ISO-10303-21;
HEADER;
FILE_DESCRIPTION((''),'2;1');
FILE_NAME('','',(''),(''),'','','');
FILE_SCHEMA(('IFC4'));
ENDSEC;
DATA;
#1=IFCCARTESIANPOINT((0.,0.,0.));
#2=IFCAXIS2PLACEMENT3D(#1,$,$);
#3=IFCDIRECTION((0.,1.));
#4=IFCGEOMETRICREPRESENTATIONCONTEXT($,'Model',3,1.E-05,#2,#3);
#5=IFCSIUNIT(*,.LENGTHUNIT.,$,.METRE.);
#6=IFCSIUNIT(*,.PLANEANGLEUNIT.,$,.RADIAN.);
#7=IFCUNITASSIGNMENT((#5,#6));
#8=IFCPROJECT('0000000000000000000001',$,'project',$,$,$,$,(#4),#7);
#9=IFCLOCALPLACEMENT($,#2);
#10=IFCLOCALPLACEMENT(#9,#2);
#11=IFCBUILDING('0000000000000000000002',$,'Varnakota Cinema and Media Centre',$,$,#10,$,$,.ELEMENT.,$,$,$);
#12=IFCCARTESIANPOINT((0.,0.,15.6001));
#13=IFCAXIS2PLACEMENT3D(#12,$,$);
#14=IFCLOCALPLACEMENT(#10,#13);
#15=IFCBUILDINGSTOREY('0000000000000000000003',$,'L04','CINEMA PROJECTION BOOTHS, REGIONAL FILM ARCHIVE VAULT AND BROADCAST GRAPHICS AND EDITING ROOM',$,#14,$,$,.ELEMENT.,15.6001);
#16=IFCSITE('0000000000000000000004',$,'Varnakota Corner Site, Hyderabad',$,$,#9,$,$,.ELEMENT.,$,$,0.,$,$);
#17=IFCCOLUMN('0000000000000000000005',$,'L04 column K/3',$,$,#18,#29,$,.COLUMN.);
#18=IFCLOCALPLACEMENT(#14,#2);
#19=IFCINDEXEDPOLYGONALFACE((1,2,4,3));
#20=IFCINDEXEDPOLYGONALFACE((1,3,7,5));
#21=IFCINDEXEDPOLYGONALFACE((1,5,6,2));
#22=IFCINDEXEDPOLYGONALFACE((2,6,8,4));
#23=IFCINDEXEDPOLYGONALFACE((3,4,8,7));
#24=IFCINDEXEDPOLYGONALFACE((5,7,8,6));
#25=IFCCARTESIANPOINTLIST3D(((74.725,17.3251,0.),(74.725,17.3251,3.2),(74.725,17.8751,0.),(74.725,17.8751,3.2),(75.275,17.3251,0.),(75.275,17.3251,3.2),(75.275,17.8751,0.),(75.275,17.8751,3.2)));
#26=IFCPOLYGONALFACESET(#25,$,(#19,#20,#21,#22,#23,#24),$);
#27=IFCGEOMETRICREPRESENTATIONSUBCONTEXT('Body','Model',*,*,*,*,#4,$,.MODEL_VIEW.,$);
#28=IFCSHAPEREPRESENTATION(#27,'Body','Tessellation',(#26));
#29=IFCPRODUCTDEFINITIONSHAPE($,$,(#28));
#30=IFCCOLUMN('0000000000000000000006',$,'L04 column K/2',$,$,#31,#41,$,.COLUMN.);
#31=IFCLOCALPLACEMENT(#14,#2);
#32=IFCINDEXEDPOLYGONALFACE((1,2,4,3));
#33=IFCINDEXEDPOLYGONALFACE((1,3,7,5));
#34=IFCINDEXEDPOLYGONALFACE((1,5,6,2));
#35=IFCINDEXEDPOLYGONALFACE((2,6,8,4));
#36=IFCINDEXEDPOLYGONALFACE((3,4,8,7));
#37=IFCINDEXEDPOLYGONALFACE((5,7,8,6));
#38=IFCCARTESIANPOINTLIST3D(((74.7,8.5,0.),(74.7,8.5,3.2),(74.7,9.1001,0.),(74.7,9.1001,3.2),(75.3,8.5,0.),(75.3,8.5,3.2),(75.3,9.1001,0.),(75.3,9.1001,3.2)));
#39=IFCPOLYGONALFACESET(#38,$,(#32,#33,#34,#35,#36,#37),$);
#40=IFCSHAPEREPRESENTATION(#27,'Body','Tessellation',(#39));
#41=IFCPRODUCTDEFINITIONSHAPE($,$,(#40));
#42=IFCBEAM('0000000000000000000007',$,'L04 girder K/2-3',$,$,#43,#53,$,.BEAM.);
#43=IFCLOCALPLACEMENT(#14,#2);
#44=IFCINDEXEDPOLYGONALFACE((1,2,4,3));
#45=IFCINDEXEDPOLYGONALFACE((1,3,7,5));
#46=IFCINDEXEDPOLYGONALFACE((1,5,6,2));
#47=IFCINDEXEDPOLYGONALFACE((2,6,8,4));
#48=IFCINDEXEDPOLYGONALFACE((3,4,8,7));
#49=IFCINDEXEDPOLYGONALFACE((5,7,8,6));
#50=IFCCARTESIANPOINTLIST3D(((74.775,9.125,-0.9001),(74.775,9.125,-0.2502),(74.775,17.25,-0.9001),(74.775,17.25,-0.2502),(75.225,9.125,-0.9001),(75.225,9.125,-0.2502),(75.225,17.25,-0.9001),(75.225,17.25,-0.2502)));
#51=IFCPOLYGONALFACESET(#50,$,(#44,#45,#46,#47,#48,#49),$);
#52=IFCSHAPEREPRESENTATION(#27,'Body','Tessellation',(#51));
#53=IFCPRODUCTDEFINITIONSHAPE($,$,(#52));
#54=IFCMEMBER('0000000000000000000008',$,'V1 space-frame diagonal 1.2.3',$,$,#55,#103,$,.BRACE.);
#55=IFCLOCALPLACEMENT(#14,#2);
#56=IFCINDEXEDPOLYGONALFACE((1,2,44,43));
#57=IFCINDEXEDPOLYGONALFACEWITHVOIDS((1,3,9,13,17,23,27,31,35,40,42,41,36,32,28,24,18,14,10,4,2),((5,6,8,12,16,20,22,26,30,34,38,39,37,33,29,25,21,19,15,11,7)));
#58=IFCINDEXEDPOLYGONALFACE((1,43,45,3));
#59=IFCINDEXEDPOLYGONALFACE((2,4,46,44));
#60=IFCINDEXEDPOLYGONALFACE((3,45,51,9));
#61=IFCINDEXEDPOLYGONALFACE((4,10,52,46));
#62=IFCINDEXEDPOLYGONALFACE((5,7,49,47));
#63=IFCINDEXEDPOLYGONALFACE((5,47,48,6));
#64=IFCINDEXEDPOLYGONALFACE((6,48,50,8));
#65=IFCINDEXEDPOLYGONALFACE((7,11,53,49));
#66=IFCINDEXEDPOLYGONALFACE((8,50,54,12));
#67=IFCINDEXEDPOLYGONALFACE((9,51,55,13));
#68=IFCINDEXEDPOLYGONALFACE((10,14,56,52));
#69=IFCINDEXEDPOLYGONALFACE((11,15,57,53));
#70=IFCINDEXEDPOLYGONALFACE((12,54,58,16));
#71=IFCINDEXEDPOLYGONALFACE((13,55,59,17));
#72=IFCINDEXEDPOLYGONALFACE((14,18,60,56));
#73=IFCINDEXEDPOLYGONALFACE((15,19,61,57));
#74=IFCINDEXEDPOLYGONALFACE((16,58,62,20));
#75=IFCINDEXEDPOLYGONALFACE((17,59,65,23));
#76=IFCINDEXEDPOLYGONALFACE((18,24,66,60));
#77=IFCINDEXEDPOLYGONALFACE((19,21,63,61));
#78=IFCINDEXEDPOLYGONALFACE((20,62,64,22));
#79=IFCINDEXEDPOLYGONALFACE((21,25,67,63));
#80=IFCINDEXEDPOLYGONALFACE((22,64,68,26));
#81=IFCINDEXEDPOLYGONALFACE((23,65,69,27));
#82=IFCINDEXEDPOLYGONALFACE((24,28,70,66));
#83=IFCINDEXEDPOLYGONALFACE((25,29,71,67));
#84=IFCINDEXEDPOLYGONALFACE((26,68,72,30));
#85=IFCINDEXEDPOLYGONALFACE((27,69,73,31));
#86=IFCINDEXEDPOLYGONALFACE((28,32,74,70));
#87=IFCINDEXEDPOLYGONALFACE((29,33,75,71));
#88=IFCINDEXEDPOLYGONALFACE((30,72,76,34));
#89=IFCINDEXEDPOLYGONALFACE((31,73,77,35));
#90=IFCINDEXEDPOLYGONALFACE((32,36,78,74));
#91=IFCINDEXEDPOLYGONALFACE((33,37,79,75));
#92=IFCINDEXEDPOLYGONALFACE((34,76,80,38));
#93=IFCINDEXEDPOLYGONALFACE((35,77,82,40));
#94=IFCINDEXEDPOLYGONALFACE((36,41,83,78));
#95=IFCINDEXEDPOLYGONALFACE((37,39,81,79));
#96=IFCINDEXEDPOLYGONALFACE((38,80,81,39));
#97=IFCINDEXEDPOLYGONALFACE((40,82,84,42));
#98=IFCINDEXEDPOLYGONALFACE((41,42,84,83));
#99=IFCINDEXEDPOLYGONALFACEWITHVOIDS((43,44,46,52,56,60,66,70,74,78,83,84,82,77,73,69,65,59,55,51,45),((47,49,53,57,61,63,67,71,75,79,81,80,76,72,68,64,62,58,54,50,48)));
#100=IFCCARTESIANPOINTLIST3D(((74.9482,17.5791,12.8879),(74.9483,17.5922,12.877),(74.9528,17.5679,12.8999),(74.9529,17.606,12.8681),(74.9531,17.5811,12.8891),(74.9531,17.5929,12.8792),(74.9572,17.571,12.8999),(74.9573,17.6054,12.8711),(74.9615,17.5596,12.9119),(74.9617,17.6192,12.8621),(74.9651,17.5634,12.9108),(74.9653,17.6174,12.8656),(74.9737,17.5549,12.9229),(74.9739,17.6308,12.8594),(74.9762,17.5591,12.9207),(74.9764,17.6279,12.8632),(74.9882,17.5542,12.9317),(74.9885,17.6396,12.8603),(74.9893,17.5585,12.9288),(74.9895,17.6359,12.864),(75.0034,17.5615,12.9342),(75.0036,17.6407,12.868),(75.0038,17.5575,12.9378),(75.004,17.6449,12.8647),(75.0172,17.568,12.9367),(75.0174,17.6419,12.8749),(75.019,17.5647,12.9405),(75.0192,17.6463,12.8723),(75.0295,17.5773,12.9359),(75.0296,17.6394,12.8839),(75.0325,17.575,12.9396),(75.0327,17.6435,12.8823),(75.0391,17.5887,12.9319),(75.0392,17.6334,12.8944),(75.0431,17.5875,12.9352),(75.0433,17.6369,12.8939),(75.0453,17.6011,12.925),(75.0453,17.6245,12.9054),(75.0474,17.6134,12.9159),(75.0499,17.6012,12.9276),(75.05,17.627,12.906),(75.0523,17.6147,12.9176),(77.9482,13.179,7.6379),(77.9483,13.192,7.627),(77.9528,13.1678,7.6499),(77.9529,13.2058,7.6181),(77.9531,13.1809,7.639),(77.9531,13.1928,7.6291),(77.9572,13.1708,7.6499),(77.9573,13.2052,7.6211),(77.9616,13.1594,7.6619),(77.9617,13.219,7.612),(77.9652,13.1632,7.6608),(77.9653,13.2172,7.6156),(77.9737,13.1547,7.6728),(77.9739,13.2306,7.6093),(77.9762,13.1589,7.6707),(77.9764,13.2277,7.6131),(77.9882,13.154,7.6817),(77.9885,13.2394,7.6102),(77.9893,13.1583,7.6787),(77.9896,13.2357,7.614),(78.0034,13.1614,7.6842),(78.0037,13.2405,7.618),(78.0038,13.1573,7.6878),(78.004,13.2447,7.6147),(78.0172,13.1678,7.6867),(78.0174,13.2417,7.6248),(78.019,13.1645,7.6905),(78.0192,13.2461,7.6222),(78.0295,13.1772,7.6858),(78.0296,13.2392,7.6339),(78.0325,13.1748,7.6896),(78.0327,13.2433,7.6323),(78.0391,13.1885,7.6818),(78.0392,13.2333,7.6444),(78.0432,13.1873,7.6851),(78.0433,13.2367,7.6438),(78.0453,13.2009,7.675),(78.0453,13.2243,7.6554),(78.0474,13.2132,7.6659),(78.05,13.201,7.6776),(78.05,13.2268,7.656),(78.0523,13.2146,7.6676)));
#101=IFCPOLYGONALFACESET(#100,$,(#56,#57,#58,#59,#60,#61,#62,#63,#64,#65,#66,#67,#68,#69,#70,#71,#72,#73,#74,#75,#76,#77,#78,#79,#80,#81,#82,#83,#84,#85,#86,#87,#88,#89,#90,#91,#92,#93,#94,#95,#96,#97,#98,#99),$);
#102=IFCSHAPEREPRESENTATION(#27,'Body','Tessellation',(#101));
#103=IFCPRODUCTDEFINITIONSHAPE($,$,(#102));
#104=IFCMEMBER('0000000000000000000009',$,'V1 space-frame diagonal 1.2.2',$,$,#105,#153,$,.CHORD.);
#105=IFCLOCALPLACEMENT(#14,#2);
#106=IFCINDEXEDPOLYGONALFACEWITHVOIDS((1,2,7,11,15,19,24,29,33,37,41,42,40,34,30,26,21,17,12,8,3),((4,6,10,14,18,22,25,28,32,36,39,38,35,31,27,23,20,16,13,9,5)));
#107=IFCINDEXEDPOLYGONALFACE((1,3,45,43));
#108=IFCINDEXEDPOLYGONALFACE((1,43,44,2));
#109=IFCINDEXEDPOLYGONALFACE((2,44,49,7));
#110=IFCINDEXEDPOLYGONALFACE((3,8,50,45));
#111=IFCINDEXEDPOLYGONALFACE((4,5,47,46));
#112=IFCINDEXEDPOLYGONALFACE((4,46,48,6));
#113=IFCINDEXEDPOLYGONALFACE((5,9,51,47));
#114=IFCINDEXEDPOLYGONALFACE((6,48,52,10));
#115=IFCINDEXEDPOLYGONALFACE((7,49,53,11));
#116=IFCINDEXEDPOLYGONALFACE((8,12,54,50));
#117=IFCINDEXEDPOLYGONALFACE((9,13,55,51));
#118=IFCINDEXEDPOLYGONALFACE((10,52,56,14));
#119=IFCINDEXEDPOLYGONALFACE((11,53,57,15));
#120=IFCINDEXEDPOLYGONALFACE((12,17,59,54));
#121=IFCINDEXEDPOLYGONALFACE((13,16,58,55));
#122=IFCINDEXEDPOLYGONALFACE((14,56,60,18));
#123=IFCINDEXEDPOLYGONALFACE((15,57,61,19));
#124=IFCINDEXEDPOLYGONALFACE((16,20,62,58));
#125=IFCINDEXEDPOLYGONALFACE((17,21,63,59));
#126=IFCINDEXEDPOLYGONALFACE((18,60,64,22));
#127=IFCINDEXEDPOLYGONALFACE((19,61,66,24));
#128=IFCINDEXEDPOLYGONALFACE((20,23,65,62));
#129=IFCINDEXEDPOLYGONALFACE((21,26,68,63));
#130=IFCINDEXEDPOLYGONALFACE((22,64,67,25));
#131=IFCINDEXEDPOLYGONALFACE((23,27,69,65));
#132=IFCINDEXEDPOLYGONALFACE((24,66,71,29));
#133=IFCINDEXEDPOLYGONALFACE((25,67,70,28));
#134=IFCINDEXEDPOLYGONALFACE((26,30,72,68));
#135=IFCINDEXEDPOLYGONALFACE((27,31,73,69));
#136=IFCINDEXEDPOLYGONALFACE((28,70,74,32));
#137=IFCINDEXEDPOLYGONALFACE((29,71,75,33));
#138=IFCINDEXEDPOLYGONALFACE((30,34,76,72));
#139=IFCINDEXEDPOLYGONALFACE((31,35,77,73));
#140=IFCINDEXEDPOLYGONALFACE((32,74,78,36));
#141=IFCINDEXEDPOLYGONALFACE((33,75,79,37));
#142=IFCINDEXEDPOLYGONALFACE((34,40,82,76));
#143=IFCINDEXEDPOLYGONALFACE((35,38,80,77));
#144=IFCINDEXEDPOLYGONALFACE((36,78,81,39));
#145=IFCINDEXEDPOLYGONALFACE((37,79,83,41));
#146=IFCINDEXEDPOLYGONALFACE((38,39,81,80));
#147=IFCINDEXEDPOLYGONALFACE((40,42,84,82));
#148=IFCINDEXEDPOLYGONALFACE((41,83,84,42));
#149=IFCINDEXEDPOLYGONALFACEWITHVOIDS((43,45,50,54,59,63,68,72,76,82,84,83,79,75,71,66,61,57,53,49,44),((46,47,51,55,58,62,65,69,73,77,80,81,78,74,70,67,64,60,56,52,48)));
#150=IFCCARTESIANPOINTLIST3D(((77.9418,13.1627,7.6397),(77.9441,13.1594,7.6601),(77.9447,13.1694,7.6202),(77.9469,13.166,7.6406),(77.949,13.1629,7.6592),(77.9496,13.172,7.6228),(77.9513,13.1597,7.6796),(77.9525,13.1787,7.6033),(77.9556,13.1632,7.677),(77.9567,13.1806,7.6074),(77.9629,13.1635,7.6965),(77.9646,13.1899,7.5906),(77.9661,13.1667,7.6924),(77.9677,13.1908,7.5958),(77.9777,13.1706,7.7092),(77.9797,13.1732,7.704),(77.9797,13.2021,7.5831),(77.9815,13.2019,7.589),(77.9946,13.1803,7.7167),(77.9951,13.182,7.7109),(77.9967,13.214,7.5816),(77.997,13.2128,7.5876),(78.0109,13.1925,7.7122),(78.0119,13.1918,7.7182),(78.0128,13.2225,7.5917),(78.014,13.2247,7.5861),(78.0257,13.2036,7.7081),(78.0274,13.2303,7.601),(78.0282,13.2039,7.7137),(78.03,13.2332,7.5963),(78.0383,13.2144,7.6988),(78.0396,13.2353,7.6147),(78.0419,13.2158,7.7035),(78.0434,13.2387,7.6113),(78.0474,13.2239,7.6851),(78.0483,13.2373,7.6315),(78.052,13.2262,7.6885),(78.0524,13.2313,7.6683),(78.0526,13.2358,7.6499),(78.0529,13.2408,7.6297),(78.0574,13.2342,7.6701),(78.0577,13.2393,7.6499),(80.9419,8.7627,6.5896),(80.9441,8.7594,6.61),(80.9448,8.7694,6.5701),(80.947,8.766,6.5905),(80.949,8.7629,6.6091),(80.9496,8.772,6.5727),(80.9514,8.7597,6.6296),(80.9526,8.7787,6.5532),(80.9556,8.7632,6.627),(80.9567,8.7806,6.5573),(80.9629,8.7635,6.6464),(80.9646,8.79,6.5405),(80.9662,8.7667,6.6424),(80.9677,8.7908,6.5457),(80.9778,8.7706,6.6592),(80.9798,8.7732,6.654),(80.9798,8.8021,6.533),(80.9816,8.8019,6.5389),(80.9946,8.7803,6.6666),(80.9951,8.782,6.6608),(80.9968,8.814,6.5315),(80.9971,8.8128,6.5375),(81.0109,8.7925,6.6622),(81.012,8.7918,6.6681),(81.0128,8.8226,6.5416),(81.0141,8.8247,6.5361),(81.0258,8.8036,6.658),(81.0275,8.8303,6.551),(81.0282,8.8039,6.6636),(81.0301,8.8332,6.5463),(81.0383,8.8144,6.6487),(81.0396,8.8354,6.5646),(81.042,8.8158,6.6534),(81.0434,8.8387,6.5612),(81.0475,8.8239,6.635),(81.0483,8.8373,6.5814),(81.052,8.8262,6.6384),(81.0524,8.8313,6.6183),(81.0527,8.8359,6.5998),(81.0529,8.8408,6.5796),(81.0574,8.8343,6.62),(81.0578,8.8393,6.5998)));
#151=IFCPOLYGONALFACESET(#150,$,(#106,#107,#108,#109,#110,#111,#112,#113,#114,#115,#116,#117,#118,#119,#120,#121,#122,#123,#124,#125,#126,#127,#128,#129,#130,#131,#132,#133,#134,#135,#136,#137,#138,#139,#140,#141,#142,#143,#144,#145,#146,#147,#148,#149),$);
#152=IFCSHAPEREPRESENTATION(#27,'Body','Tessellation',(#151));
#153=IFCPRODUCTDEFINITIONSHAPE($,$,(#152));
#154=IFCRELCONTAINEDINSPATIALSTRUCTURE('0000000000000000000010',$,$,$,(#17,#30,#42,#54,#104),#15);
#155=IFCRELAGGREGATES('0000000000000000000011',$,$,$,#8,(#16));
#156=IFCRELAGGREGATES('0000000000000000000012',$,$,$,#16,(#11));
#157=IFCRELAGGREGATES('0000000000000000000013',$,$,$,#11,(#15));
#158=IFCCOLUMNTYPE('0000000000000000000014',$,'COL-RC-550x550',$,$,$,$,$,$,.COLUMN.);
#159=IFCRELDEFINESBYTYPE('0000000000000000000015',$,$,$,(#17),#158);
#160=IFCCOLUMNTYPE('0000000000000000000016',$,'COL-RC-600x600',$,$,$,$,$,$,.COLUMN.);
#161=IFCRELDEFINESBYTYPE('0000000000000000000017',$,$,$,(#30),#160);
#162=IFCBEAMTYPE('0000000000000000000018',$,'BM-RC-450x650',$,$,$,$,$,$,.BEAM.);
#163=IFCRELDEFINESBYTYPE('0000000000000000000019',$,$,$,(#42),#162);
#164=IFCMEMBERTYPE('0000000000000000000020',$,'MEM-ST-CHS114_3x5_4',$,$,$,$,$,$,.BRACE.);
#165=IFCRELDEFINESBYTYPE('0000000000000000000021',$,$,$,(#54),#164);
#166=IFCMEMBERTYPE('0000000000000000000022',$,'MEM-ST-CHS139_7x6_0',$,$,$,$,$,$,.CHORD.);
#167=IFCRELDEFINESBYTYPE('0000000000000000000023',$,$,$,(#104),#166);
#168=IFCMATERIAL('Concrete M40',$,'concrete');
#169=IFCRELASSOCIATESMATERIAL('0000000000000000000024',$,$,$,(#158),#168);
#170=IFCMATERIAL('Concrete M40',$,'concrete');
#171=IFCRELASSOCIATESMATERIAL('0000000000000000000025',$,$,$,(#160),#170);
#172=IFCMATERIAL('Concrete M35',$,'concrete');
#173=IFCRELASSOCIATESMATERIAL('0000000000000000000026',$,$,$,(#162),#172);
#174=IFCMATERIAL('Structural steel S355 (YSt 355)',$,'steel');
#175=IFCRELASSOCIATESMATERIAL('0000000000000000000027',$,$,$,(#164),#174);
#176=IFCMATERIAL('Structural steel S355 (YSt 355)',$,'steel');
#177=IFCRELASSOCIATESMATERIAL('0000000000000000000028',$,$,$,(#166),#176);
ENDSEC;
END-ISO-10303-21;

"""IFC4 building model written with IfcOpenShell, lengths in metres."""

from ifc_helpers import new_model, si_unit, direction, frame, origin, origin_2d, place, context, subcontext, project, spatial, rectangle, hollow_circle, extrude, material, material_profile, profile_set, type_object, element, save


model = new_model("IFC4")

# Units and contexts
model_context = context("Model", 3, precision=1e-05, world=origin(), true_north=direction((0.0, 1.0)))
body_context = subcontext(model_context, "Body", "Model", "MODEL_VIEW")
ifc_project = project(units=[si_unit("LENGTHUNIT", "METRE"), si_unit("PLANEANGLEUNIT", "RADIAN")], contexts=[model_context])

# Site, building, storey
site_placement = place(None, origin())
site = spatial("IfcSite", under=ifc_project, at=site_placement, Name="Varnakota Corner Site, Hyderabad", CompositionType="ELEMENT", RefElevation=0.0)
building_placement = place(site_placement, origin())
building = spatial("IfcBuilding", under=site, at=building_placement, Name="Varnakota Cinema and Media Centre", CompositionType="ELEMENT")
storey_placement = place(building_placement, frame((0.0, 0.0, 15.6001)))
storey = spatial("IfcBuildingStorey", under=building, at=storey_placement, Name="L04", Description="CINEMA PROJECTION BOOTHS, REGIONAL FILM ARCHIVE VAULT AND BROADCAST GRAPHICS AND EDITING ROOM", CompositionType="ELEMENT", Elevation=15.6001)

# Columns
ifc_material_1 = material(Name="Concrete M40", Category="concrete")
ifc_material_profile_1 = material_profile(ifc_material_1, rectangle(XDim=0.55, YDim=0.55, at=origin_2d()), Name="RC 550x550")
ifc_profile_set_1 = profile_set([ifc_material_profile_1], Name="Concrete M40")
column_type_1 = type_object("IfcColumnType", Name="COL-RC-550x550", PredefinedType="COLUMN", material=ifc_profile_set_1)
column_1_placement = place(storey_placement, frame((75.0, 17.6001, 0.0), z_axis=(0.0, 0.0, 1.0), x_axis=(1.0, 0.0, 0.0)))
element("IfcColumn", 1, at=column_1_placement, inside=storey, type_object=column_type_1, Name="L04 column K/3", PredefinedType="COLUMN", context=body_context, shape_type="SweptSolid", body=[
    extrude(rectangle(XDim=0.55, YDim=0.55, at=origin_2d()), origin(), (0.0, 0.0, 1.0), 3.2),
])
ifc_material_2 = material(Name="Concrete M40", Category="concrete")
ifc_material_profile_2 = material_profile(ifc_material_2, rectangle(XDim=0.6001, YDim=0.6001, at=origin_2d()), Name="RC 600x600")
ifc_profile_set_2 = profile_set([ifc_material_profile_2], Name="Concrete M40")
column_type_2 = type_object("IfcColumnType", Name="COL-RC-600x600", PredefinedType="COLUMN", material=ifc_profile_set_2)
column_2_placement = place(storey_placement, frame((75.0, 8.8, 0.0), z_axis=(0.0, 0.0, 1.0), x_axis=(1.0, 0.0, 0.0)))
element("IfcColumn", 2, at=column_2_placement, inside=storey, type_object=column_type_2, Name="L04 column K/2", PredefinedType="COLUMN", context=body_context, shape_type="SweptSolid", body=[
    extrude(rectangle(XDim=0.6001, YDim=0.6001, at=origin_2d()), origin(), (0.0, 0.0, 1.0), 3.2),
])

# Beam
ifc_material_3 = material(Name="Concrete M35", Category="concrete")
ifc_material_profile_3 = material_profile(ifc_material_3, rectangle(XDim=0.45, YDim=0.6499, at=origin_2d()), Name="RCB 450x650")
ifc_profile_set_3 = profile_set([ifc_material_profile_3], Name="Concrete M35")
beam_type = type_object("IfcBeamType", Name="BM-RC-450x650", PredefinedType="BEAM", material=ifc_profile_set_3)
beam_placement = place(storey_placement, frame((75.0, 9.125, -0.5752), z_axis=(0.0, 1.0, 0.0), x_axis=(-1.0, 0.0, 0.0)))
element("IfcBeam", 3, at=beam_placement, inside=storey, type_object=beam_type, Name="L04 girder K/2-3", PredefinedType="BEAM", context=body_context, shape_type="SweptSolid", body=[
    extrude(rectangle(XDim=0.45, YDim=0.6499, at=origin_2d()), origin(), (0.0, 0.0, 1.0), 8.125),
])

# Members
ifc_material_4 = material(Name="Structural steel S355 (YSt 355)", Category="steel")
ifc_material_profile_4 = material_profile(ifc_material_4, hollow_circle(Radius=0.0571, WallThickness=0.0054, at=origin_2d()), Name="CHS 114.3x5.4")
ifc_profile_set_4 = profile_set([ifc_material_profile_4], Name="Structural steel S355 (YSt 355)")
member_type_1 = type_object("IfcMemberType", Name="MEM-ST-CHS114_3x5_4", PredefinedType="BRACE", material=ifc_profile_set_4)
member_1_placement = place(storey_placement, frame((78.0, 13.2, 7.6499), z_axis=(-0.401165, 0.588395, 0.702039), x_axis=(-0.826236, -0.563324, 0.0)))
element("IfcMember", 4, at=member_1_placement, inside=storey, type_object=member_type_1, Name="V1 space-frame diagonal 1.2.3", PredefinedType="BRACE", context=body_context, shape_type="SweptSolid", body=[
    extrude(hollow_circle(Radius=0.0571, WallThickness=0.0054, at=origin_2d()), origin(), (0.0, 0.0, 1.0), 7.4783),
])
ifc_material_5 = material(Name="Structural steel S355 (YSt 355)", Category="steel")
ifc_material_profile_5 = material_profile(ifc_material_5, hollow_circle(Radius=0.0698, WallThickness=0.0061, at=origin_2d()), Name="CHS 139.7x6.0")
ifc_profile_set_5 = profile_set([ifc_material_profile_5], Name="Structural steel S355 (YSt 355)")
member_type_2 = type_object("IfcMemberType", Name="MEM-ST-CHS139_7x6_0", PredefinedType="CHORD", material=ifc_profile_set_5)
member_2_placement = place(storey_placement, frame((78.0, 13.2, 7.6499), z_axis=(0.552703, -0.810613, -0.193455), x_axis=(0.826222, 0.563345, 0.0)))
element("IfcMember", 5, at=member_2_placement, inside=storey, type_object=member_type_2, Name="V1 space-frame diagonal 1.2.2", PredefinedType="CHORD", context=body_context, shape_type="SweptSolid", body=[
    extrude(hollow_circle(Radius=0.0698, WallThickness=0.0061, at=origin_2d()), origin(), (0.0, 0.0, 1.0), 5.428),
])

save(model, "model.ifc")
